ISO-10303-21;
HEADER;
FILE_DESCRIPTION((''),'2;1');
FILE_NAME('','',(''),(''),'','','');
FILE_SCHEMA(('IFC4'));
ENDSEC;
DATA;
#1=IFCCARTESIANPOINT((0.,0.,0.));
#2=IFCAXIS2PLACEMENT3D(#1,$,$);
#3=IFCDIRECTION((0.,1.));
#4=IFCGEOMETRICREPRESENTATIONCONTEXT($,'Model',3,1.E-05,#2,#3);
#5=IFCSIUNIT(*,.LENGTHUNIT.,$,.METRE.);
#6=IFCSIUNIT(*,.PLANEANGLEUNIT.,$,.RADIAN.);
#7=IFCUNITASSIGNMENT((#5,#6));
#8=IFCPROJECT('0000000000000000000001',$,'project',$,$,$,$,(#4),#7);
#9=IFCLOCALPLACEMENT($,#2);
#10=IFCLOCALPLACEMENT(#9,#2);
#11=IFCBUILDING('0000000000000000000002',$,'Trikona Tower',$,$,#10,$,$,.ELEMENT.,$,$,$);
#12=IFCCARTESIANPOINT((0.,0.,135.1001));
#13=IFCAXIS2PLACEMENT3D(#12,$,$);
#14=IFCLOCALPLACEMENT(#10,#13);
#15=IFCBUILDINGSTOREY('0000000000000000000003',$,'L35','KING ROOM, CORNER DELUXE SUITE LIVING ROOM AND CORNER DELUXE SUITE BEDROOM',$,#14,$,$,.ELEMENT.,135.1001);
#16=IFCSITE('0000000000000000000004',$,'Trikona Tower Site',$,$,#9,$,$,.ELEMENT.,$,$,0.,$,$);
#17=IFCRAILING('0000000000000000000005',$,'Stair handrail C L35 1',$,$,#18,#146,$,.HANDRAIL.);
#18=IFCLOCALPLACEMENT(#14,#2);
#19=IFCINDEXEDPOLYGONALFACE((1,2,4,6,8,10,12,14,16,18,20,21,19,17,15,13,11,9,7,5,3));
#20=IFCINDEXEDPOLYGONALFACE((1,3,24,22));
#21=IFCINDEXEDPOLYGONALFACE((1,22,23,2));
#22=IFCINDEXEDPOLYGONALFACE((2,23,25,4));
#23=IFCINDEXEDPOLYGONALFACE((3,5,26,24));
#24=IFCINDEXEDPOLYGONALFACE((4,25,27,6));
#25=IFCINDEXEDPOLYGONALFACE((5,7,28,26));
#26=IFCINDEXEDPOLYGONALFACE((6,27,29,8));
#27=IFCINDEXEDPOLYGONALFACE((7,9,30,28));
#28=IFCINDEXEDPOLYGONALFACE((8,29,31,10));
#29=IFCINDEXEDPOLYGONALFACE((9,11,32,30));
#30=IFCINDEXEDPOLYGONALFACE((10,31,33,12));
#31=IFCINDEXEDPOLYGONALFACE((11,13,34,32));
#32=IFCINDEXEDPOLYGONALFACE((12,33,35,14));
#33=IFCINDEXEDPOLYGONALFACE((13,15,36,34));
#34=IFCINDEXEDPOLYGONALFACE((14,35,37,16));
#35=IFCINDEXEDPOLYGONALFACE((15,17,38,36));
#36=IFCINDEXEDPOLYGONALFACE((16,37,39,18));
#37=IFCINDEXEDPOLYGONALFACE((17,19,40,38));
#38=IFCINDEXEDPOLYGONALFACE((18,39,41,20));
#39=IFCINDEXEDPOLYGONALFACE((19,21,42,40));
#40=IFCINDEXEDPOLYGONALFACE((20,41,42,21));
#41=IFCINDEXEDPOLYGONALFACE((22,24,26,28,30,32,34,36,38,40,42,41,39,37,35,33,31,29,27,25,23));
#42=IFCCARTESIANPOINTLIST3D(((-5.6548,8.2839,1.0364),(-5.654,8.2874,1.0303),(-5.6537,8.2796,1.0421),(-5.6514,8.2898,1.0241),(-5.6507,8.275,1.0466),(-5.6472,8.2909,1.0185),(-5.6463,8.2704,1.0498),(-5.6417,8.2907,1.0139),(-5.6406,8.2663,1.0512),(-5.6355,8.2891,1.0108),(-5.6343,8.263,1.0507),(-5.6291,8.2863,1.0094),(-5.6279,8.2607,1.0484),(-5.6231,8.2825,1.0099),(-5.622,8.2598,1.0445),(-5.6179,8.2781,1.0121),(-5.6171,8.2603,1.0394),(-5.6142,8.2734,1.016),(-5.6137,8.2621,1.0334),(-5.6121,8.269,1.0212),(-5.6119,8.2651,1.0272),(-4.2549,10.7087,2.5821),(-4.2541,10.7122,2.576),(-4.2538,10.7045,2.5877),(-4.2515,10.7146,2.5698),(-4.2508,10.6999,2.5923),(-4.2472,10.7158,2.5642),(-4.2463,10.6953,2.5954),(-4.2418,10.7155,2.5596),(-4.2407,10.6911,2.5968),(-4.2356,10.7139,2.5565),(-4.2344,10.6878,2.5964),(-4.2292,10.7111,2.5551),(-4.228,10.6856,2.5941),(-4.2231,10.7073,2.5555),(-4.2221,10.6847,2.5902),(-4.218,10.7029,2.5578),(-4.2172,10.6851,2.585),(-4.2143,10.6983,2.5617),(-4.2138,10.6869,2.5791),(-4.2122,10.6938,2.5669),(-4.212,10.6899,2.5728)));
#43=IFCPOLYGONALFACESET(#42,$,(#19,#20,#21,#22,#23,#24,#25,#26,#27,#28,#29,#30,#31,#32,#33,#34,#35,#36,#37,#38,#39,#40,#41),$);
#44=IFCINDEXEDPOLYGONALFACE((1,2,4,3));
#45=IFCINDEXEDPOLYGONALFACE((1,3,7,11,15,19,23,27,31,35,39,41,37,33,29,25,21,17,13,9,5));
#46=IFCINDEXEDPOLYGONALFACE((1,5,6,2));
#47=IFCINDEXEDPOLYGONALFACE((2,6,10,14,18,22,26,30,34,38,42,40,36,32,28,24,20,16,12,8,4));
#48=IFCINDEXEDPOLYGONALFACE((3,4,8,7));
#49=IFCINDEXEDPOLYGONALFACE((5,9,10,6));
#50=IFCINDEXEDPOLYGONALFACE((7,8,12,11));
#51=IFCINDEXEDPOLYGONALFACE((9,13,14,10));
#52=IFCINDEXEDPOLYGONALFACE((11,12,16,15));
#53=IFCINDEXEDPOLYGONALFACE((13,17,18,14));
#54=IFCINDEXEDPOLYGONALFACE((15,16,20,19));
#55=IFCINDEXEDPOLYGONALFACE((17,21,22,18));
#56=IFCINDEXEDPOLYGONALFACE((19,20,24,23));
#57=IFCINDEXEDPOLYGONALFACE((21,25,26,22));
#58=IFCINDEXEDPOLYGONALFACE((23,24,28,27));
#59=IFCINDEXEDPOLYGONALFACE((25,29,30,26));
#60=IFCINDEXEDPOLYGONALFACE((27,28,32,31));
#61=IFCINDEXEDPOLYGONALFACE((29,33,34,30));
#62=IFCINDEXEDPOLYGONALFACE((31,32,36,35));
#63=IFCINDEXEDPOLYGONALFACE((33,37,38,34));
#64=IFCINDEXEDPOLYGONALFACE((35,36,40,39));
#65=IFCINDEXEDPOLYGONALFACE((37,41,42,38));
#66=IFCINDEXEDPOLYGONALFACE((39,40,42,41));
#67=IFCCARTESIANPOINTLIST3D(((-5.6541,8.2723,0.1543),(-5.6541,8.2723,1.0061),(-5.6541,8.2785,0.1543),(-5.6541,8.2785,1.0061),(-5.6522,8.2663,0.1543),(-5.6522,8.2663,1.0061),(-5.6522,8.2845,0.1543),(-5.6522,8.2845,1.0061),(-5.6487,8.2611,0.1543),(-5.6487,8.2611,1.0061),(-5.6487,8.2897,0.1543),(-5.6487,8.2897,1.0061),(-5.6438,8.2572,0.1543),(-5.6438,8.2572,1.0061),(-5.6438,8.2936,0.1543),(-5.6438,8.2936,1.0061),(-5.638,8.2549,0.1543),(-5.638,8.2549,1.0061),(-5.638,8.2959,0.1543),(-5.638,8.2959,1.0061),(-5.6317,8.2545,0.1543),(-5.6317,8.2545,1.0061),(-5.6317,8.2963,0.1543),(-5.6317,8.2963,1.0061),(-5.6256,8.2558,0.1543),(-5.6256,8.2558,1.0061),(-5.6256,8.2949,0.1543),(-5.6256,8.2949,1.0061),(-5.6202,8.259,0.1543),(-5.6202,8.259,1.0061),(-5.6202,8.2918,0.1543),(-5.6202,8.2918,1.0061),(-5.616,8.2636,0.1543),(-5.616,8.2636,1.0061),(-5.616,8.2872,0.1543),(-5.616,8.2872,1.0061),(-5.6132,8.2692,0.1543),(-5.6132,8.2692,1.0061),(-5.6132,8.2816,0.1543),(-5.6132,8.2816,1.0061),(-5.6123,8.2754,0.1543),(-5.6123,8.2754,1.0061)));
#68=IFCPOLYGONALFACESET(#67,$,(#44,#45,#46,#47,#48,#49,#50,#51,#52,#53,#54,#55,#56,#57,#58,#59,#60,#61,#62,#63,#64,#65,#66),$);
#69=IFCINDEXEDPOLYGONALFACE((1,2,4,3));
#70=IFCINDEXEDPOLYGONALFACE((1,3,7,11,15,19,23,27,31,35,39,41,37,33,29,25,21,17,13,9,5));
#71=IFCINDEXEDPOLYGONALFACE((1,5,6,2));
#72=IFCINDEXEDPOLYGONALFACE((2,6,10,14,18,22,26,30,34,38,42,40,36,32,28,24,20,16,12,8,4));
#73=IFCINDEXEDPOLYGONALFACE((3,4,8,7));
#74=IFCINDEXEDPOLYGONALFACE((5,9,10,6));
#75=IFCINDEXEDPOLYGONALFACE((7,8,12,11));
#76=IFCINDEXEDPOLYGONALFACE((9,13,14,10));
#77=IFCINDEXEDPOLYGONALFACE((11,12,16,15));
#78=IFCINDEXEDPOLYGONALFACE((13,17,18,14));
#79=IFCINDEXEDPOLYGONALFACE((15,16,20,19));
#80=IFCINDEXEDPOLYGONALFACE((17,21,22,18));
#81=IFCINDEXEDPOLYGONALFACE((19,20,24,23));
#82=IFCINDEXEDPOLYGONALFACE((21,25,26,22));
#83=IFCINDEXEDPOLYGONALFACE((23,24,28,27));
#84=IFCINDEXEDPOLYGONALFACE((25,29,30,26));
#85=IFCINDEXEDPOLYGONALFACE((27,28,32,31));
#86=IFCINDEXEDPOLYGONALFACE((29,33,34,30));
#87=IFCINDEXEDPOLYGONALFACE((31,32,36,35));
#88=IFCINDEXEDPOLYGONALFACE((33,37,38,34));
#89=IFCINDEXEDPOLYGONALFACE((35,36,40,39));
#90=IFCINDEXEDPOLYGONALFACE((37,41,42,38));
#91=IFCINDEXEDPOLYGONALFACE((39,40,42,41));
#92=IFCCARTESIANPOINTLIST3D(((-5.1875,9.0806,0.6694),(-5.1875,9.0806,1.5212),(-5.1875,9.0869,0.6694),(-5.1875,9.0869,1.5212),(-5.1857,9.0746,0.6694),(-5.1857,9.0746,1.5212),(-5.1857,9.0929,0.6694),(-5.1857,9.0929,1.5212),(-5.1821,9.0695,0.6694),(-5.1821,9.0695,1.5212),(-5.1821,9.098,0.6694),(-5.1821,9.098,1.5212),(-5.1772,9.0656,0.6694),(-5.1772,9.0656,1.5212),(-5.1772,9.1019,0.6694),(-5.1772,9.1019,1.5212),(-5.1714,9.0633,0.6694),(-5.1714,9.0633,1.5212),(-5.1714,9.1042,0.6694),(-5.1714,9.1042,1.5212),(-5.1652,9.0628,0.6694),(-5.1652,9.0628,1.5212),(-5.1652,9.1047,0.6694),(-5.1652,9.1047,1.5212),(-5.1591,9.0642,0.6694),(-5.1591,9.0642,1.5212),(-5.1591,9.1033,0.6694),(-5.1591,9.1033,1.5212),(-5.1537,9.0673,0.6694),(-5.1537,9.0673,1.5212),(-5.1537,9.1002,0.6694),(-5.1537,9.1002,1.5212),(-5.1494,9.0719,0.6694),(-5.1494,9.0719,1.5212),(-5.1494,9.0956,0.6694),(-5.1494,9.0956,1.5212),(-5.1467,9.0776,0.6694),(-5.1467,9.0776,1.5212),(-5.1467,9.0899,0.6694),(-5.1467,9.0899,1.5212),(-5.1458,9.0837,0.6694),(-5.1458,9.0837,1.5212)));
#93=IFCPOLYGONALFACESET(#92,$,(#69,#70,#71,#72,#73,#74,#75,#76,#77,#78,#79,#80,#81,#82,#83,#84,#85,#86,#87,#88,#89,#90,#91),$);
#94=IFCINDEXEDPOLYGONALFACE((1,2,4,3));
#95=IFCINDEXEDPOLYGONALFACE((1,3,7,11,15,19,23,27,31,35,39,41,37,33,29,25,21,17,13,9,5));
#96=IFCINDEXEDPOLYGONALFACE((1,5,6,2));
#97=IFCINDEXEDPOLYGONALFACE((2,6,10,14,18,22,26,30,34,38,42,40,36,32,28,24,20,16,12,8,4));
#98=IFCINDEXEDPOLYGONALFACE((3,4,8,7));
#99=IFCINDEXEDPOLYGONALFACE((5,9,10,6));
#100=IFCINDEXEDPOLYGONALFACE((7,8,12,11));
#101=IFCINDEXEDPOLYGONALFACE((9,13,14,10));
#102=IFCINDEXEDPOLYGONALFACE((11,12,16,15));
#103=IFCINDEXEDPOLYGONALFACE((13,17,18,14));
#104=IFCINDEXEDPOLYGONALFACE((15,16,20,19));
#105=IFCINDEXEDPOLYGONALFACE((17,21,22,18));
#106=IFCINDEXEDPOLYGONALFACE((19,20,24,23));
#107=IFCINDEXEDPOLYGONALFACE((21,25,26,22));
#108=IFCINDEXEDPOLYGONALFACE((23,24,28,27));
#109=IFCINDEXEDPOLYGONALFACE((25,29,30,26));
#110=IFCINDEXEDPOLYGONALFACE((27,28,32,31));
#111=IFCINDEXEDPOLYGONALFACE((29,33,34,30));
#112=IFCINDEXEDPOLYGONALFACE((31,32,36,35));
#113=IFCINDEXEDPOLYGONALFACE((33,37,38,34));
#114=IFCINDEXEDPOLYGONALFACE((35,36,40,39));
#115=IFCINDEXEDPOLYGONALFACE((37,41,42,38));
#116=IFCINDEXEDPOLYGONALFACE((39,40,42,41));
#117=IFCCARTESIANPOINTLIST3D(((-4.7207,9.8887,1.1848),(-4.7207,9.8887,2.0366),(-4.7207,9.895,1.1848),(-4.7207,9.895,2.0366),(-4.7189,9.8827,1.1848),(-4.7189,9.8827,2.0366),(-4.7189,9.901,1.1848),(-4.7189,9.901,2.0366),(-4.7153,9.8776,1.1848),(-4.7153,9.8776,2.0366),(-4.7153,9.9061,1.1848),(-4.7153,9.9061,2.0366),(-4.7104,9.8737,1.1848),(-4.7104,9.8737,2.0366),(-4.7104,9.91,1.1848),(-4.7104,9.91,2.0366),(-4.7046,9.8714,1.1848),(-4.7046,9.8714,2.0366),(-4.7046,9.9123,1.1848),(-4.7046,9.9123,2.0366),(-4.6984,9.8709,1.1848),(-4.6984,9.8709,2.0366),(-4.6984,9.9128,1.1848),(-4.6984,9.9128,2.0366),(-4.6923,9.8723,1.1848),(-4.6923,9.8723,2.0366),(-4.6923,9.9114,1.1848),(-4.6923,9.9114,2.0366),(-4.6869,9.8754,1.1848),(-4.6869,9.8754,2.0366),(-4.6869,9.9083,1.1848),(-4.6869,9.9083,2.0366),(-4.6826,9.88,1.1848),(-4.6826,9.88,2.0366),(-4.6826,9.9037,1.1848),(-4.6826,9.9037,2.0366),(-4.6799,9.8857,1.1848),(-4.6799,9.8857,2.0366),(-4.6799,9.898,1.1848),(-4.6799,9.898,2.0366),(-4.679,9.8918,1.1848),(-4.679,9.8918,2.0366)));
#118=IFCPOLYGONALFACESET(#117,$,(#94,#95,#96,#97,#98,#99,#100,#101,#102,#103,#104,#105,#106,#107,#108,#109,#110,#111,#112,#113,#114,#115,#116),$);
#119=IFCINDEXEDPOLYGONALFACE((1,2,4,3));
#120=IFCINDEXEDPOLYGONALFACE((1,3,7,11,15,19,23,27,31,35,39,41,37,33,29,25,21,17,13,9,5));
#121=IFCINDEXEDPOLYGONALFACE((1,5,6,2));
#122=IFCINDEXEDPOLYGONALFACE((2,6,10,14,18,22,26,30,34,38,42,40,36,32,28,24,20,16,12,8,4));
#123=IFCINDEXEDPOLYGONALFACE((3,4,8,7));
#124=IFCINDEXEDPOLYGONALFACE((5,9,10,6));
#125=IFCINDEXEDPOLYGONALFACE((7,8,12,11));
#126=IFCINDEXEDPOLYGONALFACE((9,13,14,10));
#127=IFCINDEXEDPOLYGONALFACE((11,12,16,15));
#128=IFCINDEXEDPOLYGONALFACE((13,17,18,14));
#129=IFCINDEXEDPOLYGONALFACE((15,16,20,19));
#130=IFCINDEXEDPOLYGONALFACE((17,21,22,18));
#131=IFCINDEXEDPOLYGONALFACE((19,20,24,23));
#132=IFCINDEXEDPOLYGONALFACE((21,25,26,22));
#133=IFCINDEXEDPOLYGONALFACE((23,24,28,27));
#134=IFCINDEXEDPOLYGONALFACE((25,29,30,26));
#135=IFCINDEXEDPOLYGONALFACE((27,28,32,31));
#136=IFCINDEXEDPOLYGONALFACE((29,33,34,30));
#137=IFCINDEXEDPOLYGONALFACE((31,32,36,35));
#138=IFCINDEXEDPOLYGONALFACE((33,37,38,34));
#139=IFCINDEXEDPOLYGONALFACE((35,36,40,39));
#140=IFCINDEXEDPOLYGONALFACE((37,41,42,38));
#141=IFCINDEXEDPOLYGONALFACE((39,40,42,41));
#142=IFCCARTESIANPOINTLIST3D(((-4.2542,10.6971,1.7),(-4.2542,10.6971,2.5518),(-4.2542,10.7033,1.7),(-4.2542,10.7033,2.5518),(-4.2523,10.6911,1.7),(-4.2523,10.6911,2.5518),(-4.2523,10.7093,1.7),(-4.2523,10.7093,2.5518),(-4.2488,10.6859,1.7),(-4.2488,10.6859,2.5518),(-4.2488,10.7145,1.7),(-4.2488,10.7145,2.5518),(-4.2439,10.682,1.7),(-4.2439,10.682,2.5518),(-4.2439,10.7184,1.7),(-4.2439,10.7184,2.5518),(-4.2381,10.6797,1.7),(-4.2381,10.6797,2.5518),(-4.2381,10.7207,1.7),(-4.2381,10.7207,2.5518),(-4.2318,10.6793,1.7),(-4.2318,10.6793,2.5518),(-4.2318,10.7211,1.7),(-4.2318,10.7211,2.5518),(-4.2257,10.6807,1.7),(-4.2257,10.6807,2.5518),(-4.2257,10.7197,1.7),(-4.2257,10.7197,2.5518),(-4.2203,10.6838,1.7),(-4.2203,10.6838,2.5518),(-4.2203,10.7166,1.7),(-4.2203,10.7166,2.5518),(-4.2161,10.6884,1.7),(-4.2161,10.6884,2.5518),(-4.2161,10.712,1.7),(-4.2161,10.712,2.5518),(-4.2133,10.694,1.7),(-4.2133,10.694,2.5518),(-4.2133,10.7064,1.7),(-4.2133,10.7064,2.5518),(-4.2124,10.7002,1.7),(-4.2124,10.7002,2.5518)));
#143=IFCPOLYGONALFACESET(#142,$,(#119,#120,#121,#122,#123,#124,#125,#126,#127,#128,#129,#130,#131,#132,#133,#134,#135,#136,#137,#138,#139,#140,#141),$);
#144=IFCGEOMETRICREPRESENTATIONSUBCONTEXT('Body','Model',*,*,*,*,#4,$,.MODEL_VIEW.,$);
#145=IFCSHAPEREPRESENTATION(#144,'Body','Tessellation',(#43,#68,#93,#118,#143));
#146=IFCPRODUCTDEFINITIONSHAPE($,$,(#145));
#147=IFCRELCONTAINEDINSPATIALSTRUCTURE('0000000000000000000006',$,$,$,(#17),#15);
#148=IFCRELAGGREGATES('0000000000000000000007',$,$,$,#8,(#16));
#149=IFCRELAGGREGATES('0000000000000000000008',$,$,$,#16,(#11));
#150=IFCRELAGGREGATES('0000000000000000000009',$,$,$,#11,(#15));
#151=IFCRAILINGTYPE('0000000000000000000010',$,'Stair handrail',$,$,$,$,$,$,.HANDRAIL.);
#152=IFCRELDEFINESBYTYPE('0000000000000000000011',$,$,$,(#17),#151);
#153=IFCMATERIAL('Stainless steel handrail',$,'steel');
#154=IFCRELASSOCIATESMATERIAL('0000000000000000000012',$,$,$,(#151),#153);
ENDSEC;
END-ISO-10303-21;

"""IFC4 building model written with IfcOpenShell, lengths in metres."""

from ifc_helpers import new_model, si_unit, direction, frame, origin, origin_2d, place, context, subcontext, project, spatial, circle, extrude, material, type_object, element, save


model = new_model("IFC4")

# Units and contexts
model_context = context("Model", 3, precision=1e-05, world=origin(), true_north=direction((0.0, 1.0)))
body_context = subcontext(model_context, "Body", "Model", "MODEL_VIEW")
ifc_project = project(units=[si_unit("LENGTHUNIT", "METRE"), si_unit("PLANEANGLEUNIT", "RADIAN")], contexts=[model_context])

# Site, building, storey
site_placement = place(None, origin())
site = spatial("IfcSite", under=ifc_project, at=site_placement, Name="Trikona Tower Site", CompositionType="ELEMENT", RefElevation=0.0)
building_placement = place(site_placement, origin())
building = spatial("IfcBuilding", under=site, at=building_placement, Name="Trikona Tower", CompositionType="ELEMENT")
storey_placement = place(building_placement, frame((0.0, 0.0, 135.1001)))
storey = spatial("IfcBuildingStorey", under=building, at=storey_placement, Name="L35", Description="KING ROOM, CORNER DELUXE SUITE LIVING ROOM AND CORNER DELUXE SUITE BEDROOM", CompositionType="ELEMENT", Elevation=135.1001)

# Railing
ifc_material_1 = material(Name="Stainless steel handrail", Category="steel")
railing_type = type_object("IfcRailingType", Name="Stair handrail", PredefinedType="HANDRAIL", material=ifc_material_1)
railing_1_placement = place(storey_placement, frame((-5.6333, 8.2754, 0.1543)))
element("IfcRailing", 1, at=railing_1_placement, inside=storey, type_object=railing_type, Name="Stair handrail C L35 1", PredefinedType="HANDRAIL", context=body_context, shape_type="SweptSolid", body=[
    extrude(circle(Radius=0.0239, at=origin_2d()), frame((0.0, 0.0, 0.876), z_axis=(0.437716, 0.758179, 0.48329), x_axis=(-0.866035, 0.499984, 0.0)), (0.0, 0.0, 1.0), 3.1982),
    extrude(circle(Radius=0.021, at=origin_2d()), origin(), (0.0, 0.0, 1.0), 0.8518),
    extrude(circle(Radius=0.021, at=origin_2d()), frame((0.4666, 0.8083, 0.5151)), (0.0, 0.0, 1.0), 0.8518),
    extrude(circle(Radius=0.021, at=origin_2d()), frame((0.9333, 1.6165, 1.0305)), (0.0, 0.0, 1.0), 0.8518),
    extrude(circle(Radius=0.021, at=origin_2d()), frame((1.3999, 2.4248, 1.5457)), (0.0, 0.0, 1.0), 0.8518),
])

save(model, "model.ifc")
